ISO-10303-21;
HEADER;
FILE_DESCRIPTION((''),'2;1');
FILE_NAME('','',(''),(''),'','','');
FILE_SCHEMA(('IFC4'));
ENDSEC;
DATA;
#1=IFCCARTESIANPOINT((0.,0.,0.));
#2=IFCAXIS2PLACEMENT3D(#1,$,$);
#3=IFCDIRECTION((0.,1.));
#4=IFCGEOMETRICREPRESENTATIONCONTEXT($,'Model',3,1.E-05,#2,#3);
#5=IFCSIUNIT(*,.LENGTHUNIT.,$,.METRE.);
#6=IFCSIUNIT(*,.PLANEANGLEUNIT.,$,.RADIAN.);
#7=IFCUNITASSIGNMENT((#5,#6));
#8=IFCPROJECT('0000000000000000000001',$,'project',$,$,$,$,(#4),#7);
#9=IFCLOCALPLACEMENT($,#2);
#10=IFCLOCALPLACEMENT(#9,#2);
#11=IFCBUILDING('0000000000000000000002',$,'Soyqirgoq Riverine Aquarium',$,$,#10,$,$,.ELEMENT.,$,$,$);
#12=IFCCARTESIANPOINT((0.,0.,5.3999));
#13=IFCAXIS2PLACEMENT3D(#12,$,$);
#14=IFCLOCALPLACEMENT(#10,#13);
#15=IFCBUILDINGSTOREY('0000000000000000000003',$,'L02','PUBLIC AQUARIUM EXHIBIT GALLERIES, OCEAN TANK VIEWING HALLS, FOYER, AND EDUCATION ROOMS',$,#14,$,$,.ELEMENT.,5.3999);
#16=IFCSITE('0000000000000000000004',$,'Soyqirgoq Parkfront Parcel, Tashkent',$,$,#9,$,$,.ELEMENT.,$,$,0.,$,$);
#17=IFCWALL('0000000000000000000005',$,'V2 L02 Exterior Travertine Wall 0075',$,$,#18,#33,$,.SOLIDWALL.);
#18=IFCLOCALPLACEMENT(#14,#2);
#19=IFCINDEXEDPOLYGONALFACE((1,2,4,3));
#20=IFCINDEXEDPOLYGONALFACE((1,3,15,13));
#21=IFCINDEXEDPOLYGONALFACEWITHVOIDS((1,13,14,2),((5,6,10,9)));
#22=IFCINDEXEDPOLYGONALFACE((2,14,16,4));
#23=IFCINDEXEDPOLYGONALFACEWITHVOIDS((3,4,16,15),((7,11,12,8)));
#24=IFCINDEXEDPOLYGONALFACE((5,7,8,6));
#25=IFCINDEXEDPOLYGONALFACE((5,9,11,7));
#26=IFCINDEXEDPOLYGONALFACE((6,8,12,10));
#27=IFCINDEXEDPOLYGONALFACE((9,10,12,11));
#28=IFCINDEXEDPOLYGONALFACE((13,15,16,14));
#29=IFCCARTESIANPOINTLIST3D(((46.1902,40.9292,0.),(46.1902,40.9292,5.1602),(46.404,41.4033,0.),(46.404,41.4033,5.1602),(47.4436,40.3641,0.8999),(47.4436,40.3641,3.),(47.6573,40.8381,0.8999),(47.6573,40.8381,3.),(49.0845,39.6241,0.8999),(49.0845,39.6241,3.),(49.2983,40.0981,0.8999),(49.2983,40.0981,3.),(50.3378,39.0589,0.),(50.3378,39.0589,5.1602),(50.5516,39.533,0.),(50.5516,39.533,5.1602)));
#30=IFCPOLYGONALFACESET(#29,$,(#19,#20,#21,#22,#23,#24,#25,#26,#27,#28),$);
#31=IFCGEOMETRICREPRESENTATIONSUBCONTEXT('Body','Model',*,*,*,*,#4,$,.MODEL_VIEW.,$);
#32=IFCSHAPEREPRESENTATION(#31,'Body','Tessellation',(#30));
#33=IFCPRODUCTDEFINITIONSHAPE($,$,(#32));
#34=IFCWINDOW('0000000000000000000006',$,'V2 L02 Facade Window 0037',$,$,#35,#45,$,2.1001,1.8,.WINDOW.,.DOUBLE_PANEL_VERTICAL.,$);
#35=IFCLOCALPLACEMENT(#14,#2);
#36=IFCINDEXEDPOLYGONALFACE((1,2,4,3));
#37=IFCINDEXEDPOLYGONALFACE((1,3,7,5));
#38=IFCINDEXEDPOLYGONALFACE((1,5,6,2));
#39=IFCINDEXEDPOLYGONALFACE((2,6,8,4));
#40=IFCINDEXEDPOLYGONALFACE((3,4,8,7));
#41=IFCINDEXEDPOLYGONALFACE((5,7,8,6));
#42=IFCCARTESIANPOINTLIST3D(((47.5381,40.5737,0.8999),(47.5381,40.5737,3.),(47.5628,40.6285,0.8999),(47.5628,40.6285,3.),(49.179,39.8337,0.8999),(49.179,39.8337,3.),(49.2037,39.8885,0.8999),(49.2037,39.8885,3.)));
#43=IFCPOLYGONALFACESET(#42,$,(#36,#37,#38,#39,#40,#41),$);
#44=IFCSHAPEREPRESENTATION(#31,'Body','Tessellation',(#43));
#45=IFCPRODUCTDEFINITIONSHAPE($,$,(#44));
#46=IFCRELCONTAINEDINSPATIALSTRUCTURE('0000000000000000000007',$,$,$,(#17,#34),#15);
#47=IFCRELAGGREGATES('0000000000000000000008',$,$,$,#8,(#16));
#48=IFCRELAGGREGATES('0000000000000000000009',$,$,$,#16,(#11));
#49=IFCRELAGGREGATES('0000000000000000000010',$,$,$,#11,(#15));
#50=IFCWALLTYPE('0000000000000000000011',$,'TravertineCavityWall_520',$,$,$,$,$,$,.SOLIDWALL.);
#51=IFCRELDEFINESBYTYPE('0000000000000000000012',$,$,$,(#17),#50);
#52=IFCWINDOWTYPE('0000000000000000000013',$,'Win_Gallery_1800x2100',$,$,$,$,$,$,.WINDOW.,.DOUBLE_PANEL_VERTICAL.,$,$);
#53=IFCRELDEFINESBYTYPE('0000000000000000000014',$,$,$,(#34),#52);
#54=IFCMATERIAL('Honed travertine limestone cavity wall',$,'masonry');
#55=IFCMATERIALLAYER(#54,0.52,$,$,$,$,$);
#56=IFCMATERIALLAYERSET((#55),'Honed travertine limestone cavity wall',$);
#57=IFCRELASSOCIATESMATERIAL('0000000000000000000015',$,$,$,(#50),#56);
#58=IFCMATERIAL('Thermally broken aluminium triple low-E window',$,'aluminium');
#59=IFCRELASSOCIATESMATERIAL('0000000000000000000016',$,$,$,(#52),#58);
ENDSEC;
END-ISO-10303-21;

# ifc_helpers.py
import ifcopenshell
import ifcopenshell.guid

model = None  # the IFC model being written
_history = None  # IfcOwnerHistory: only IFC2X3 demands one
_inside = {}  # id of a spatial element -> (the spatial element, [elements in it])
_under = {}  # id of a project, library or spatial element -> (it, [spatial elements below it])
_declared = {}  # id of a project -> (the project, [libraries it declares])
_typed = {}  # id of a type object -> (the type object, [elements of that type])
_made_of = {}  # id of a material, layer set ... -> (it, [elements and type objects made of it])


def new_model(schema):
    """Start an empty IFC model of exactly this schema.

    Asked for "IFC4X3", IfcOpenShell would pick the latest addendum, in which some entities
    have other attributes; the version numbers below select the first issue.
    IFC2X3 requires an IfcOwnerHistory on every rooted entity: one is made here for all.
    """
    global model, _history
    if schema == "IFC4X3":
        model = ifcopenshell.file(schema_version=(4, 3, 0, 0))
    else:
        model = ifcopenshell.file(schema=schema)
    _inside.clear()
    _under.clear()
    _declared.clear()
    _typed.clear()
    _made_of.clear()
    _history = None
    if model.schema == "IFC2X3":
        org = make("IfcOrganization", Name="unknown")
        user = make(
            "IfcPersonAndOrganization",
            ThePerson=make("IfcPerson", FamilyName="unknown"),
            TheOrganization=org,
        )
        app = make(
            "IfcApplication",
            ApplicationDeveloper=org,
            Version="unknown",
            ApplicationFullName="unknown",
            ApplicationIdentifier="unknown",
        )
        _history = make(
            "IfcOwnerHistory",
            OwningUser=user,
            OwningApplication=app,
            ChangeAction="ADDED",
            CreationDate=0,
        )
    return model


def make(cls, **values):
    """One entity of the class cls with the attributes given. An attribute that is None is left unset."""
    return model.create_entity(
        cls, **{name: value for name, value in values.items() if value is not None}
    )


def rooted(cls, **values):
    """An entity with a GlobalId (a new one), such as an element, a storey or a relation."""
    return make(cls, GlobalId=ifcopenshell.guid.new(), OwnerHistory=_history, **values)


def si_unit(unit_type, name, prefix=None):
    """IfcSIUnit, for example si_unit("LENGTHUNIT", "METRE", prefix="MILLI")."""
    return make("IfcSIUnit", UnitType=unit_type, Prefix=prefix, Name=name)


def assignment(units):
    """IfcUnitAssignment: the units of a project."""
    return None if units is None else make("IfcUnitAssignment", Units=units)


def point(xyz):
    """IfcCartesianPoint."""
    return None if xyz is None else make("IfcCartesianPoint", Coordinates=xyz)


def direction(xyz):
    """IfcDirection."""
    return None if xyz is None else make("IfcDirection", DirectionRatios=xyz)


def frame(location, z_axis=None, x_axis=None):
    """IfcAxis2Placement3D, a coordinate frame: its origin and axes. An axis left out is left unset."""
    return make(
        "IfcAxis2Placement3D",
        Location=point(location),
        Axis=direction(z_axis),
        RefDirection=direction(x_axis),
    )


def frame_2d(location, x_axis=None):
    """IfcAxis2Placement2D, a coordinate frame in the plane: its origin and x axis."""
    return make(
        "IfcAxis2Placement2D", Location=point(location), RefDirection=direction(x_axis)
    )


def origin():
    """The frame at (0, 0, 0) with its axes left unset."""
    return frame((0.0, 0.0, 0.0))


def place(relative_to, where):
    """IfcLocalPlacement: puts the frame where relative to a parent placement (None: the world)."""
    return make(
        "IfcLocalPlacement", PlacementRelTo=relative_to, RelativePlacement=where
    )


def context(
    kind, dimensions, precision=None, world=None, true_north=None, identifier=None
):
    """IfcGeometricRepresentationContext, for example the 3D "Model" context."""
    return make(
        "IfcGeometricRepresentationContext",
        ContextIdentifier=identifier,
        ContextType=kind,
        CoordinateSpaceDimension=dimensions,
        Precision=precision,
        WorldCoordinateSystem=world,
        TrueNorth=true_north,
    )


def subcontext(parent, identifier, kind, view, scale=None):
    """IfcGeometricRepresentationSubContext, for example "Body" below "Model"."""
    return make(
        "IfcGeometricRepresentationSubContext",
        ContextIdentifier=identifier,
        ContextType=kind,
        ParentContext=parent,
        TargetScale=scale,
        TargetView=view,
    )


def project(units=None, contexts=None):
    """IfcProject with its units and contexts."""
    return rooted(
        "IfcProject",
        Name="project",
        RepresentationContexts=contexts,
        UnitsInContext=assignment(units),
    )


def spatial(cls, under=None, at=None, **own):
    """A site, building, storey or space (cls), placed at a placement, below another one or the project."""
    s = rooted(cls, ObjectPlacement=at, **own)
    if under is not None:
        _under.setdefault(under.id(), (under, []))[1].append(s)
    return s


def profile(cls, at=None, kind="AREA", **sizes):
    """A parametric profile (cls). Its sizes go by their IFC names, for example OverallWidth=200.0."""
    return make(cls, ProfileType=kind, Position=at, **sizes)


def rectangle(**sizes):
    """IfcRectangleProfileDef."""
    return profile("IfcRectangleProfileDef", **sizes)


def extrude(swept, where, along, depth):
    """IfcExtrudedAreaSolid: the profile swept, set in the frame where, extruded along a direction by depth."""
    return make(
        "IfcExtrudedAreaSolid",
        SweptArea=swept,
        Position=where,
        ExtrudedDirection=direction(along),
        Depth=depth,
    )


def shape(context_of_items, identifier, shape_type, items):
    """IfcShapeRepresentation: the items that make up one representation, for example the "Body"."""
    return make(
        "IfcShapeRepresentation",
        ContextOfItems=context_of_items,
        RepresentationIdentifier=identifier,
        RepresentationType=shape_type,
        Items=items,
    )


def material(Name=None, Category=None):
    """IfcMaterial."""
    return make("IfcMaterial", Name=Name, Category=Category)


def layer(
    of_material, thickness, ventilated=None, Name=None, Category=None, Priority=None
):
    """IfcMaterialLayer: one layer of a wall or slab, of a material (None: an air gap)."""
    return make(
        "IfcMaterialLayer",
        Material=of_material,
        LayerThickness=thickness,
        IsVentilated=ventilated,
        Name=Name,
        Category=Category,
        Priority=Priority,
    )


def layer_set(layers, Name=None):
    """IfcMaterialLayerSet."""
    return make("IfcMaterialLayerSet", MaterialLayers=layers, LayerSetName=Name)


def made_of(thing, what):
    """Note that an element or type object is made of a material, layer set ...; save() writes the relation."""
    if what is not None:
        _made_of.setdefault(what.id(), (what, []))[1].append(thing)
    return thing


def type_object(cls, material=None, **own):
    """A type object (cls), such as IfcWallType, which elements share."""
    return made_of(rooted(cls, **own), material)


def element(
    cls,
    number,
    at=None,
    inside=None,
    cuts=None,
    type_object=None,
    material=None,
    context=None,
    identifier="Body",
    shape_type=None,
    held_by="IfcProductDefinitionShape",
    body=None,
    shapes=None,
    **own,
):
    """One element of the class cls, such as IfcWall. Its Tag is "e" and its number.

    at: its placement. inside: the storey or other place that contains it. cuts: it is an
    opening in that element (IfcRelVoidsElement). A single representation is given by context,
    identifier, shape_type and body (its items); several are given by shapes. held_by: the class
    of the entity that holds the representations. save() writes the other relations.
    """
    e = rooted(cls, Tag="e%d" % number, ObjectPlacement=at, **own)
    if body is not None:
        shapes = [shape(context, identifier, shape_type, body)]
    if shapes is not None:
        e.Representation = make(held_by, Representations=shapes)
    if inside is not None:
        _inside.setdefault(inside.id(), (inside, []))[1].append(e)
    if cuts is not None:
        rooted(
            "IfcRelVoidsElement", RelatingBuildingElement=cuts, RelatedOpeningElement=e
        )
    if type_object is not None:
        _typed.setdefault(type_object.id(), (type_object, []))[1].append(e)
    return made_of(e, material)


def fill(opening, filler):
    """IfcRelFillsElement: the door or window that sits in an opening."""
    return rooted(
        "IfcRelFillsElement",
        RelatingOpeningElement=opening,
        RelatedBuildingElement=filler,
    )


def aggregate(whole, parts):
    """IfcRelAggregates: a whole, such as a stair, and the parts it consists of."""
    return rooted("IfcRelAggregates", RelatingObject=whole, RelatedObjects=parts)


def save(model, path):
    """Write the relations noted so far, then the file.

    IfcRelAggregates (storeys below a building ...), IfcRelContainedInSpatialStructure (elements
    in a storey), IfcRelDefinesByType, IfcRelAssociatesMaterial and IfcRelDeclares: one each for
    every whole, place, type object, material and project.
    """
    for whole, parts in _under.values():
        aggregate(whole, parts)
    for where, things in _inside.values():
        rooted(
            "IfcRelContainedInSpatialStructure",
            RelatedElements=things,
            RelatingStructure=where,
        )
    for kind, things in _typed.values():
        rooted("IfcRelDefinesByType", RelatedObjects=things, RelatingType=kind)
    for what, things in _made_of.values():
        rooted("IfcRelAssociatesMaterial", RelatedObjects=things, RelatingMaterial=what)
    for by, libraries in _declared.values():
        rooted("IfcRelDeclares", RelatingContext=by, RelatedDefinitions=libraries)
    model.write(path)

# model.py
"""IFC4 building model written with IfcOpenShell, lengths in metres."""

from ifc_helpers import new_model, si_unit, direction, frame, frame_2d, origin, place, context, subcontext, project, spatial, rectangle, extrude, material, layer, layer_set, type_object, element, fill, save


model = new_model("IFC4")

# Units and contexts
model_context = context("Model", 3, precision=1e-05, world=origin(), true_north=direction((0.0, 1.0)))
body_context = subcontext(model_context, "Body", "Model", "MODEL_VIEW")
ifc_project = project(units=[si_unit("LENGTHUNIT", "METRE"), si_unit("PLANEANGLEUNIT", "RADIAN")], contexts=[model_context])

# Site, building, storey
site_placement = place(None, origin())
site = spatial("IfcSite", under=ifc_project, at=site_placement, Name="Soyqirgoq Parkfront Parcel, Tashkent", CompositionType="ELEMENT", RefElevation=0.0)
building_placement = place(site_placement, origin())
building = spatial("IfcBuilding", under=site, at=building_placement, Name="Soyqirgoq Riverine Aquarium", CompositionType="ELEMENT")
storey_placement = place(building_placement, frame((0.0, 0.0, 5.3999)))
storey = spatial("IfcBuildingStorey", under=building, at=storey_placement, Name="L02", Description="PUBLIC AQUARIUM EXHIBIT GALLERIES, OCEAN TANK VIEWING HALLS, FOYER, AND EDUCATION ROOMS", CompositionType="ELEMENT", Elevation=5.3999)

# Wall, opening, window
ifc_material_1 = material(Name="Honed travertine limestone cavity wall", Category="masonry")
ifc_layer_1 = layer(ifc_material_1, 0.52)
ifc_layer_set_1 = layer_set([ifc_layer_1], Name="Honed travertine limestone cavity wall")
wall_type_1 = type_object("IfcWallType", Name="TravertineCavityWall_520", PredefinedType="SOLIDWALL", material=ifc_layer_set_1)
wall_1_placement = place(storey_placement, frame((46.2971, 41.1663, 0.0), z_axis=(0.0, 0.0, 1.0), x_axis=(0.911601, -0.411076, 0.0)))
wall_1 = element("IfcWall", 1, at=wall_1_placement, inside=storey, type_object=wall_type_1, Name="V2 L02 Exterior Travertine Wall 0075", PredefinedType="SOLIDWALL", context=body_context, shape_type="SweptSolid", body=[
    extrude(rectangle(XDim=4.5498, YDim=0.52, at=frame_2d((2.2749, 0.0))), origin(), (0.0, 0.0, 1.0), 5.1602),
])
opening_placement = place(wall_1_placement, frame((1.375, 0.0, 0.8999)))
opening = element("IfcOpeningElement", 2, at=opening_placement, cuts=wall_1, PredefinedType="OPENING", context=body_context, shape_type="SweptSolid", body=[
    extrude(rectangle(XDim=1.8, YDim=2.1001, at=frame_2d((0.8999, 1.05))), frame((0.0, 0.27, 0.0), z_axis=(0.0, -1.0, 0.0), x_axis=(1.0, 0.0, 0.0)), (0.0, 0.0, 1.0), 0.54),
])
ifc_material_2 = material(Name="Thermally broken aluminium triple low-E window", Category="aluminium")
window_type = type_object("IfcWindowType", Name="Win_Gallery_1800x2100", PartitioningType="DOUBLE_PANEL_VERTICAL", PredefinedType="WINDOW", material=ifc_material_2)
window_placement = place(opening_placement, origin())
window = element("IfcWindow", 3, at=window_placement, inside=storey, type_object=window_type, Name="V2 L02 Facade Window 0037", OverallHeight=2.1001, OverallWidth=1.8, PartitioningType="DOUBLE_PANEL_VERTICAL", PredefinedType="WINDOW", context=body_context, shape_type="SweptSolid", body=[
    extrude(rectangle(XDim=1.8, YDim=2.1001, at=frame_2d((0.8999, 1.05))), frame((0.0, 0.03, 0.0), z_axis=(0.0, -1.0, 0.0), x_axis=(1.0, 0.0, 0.0)), (0.0, 0.0, 1.0), 0.0601),
])
fill(opening, window)

save(model, "model.ifc")
